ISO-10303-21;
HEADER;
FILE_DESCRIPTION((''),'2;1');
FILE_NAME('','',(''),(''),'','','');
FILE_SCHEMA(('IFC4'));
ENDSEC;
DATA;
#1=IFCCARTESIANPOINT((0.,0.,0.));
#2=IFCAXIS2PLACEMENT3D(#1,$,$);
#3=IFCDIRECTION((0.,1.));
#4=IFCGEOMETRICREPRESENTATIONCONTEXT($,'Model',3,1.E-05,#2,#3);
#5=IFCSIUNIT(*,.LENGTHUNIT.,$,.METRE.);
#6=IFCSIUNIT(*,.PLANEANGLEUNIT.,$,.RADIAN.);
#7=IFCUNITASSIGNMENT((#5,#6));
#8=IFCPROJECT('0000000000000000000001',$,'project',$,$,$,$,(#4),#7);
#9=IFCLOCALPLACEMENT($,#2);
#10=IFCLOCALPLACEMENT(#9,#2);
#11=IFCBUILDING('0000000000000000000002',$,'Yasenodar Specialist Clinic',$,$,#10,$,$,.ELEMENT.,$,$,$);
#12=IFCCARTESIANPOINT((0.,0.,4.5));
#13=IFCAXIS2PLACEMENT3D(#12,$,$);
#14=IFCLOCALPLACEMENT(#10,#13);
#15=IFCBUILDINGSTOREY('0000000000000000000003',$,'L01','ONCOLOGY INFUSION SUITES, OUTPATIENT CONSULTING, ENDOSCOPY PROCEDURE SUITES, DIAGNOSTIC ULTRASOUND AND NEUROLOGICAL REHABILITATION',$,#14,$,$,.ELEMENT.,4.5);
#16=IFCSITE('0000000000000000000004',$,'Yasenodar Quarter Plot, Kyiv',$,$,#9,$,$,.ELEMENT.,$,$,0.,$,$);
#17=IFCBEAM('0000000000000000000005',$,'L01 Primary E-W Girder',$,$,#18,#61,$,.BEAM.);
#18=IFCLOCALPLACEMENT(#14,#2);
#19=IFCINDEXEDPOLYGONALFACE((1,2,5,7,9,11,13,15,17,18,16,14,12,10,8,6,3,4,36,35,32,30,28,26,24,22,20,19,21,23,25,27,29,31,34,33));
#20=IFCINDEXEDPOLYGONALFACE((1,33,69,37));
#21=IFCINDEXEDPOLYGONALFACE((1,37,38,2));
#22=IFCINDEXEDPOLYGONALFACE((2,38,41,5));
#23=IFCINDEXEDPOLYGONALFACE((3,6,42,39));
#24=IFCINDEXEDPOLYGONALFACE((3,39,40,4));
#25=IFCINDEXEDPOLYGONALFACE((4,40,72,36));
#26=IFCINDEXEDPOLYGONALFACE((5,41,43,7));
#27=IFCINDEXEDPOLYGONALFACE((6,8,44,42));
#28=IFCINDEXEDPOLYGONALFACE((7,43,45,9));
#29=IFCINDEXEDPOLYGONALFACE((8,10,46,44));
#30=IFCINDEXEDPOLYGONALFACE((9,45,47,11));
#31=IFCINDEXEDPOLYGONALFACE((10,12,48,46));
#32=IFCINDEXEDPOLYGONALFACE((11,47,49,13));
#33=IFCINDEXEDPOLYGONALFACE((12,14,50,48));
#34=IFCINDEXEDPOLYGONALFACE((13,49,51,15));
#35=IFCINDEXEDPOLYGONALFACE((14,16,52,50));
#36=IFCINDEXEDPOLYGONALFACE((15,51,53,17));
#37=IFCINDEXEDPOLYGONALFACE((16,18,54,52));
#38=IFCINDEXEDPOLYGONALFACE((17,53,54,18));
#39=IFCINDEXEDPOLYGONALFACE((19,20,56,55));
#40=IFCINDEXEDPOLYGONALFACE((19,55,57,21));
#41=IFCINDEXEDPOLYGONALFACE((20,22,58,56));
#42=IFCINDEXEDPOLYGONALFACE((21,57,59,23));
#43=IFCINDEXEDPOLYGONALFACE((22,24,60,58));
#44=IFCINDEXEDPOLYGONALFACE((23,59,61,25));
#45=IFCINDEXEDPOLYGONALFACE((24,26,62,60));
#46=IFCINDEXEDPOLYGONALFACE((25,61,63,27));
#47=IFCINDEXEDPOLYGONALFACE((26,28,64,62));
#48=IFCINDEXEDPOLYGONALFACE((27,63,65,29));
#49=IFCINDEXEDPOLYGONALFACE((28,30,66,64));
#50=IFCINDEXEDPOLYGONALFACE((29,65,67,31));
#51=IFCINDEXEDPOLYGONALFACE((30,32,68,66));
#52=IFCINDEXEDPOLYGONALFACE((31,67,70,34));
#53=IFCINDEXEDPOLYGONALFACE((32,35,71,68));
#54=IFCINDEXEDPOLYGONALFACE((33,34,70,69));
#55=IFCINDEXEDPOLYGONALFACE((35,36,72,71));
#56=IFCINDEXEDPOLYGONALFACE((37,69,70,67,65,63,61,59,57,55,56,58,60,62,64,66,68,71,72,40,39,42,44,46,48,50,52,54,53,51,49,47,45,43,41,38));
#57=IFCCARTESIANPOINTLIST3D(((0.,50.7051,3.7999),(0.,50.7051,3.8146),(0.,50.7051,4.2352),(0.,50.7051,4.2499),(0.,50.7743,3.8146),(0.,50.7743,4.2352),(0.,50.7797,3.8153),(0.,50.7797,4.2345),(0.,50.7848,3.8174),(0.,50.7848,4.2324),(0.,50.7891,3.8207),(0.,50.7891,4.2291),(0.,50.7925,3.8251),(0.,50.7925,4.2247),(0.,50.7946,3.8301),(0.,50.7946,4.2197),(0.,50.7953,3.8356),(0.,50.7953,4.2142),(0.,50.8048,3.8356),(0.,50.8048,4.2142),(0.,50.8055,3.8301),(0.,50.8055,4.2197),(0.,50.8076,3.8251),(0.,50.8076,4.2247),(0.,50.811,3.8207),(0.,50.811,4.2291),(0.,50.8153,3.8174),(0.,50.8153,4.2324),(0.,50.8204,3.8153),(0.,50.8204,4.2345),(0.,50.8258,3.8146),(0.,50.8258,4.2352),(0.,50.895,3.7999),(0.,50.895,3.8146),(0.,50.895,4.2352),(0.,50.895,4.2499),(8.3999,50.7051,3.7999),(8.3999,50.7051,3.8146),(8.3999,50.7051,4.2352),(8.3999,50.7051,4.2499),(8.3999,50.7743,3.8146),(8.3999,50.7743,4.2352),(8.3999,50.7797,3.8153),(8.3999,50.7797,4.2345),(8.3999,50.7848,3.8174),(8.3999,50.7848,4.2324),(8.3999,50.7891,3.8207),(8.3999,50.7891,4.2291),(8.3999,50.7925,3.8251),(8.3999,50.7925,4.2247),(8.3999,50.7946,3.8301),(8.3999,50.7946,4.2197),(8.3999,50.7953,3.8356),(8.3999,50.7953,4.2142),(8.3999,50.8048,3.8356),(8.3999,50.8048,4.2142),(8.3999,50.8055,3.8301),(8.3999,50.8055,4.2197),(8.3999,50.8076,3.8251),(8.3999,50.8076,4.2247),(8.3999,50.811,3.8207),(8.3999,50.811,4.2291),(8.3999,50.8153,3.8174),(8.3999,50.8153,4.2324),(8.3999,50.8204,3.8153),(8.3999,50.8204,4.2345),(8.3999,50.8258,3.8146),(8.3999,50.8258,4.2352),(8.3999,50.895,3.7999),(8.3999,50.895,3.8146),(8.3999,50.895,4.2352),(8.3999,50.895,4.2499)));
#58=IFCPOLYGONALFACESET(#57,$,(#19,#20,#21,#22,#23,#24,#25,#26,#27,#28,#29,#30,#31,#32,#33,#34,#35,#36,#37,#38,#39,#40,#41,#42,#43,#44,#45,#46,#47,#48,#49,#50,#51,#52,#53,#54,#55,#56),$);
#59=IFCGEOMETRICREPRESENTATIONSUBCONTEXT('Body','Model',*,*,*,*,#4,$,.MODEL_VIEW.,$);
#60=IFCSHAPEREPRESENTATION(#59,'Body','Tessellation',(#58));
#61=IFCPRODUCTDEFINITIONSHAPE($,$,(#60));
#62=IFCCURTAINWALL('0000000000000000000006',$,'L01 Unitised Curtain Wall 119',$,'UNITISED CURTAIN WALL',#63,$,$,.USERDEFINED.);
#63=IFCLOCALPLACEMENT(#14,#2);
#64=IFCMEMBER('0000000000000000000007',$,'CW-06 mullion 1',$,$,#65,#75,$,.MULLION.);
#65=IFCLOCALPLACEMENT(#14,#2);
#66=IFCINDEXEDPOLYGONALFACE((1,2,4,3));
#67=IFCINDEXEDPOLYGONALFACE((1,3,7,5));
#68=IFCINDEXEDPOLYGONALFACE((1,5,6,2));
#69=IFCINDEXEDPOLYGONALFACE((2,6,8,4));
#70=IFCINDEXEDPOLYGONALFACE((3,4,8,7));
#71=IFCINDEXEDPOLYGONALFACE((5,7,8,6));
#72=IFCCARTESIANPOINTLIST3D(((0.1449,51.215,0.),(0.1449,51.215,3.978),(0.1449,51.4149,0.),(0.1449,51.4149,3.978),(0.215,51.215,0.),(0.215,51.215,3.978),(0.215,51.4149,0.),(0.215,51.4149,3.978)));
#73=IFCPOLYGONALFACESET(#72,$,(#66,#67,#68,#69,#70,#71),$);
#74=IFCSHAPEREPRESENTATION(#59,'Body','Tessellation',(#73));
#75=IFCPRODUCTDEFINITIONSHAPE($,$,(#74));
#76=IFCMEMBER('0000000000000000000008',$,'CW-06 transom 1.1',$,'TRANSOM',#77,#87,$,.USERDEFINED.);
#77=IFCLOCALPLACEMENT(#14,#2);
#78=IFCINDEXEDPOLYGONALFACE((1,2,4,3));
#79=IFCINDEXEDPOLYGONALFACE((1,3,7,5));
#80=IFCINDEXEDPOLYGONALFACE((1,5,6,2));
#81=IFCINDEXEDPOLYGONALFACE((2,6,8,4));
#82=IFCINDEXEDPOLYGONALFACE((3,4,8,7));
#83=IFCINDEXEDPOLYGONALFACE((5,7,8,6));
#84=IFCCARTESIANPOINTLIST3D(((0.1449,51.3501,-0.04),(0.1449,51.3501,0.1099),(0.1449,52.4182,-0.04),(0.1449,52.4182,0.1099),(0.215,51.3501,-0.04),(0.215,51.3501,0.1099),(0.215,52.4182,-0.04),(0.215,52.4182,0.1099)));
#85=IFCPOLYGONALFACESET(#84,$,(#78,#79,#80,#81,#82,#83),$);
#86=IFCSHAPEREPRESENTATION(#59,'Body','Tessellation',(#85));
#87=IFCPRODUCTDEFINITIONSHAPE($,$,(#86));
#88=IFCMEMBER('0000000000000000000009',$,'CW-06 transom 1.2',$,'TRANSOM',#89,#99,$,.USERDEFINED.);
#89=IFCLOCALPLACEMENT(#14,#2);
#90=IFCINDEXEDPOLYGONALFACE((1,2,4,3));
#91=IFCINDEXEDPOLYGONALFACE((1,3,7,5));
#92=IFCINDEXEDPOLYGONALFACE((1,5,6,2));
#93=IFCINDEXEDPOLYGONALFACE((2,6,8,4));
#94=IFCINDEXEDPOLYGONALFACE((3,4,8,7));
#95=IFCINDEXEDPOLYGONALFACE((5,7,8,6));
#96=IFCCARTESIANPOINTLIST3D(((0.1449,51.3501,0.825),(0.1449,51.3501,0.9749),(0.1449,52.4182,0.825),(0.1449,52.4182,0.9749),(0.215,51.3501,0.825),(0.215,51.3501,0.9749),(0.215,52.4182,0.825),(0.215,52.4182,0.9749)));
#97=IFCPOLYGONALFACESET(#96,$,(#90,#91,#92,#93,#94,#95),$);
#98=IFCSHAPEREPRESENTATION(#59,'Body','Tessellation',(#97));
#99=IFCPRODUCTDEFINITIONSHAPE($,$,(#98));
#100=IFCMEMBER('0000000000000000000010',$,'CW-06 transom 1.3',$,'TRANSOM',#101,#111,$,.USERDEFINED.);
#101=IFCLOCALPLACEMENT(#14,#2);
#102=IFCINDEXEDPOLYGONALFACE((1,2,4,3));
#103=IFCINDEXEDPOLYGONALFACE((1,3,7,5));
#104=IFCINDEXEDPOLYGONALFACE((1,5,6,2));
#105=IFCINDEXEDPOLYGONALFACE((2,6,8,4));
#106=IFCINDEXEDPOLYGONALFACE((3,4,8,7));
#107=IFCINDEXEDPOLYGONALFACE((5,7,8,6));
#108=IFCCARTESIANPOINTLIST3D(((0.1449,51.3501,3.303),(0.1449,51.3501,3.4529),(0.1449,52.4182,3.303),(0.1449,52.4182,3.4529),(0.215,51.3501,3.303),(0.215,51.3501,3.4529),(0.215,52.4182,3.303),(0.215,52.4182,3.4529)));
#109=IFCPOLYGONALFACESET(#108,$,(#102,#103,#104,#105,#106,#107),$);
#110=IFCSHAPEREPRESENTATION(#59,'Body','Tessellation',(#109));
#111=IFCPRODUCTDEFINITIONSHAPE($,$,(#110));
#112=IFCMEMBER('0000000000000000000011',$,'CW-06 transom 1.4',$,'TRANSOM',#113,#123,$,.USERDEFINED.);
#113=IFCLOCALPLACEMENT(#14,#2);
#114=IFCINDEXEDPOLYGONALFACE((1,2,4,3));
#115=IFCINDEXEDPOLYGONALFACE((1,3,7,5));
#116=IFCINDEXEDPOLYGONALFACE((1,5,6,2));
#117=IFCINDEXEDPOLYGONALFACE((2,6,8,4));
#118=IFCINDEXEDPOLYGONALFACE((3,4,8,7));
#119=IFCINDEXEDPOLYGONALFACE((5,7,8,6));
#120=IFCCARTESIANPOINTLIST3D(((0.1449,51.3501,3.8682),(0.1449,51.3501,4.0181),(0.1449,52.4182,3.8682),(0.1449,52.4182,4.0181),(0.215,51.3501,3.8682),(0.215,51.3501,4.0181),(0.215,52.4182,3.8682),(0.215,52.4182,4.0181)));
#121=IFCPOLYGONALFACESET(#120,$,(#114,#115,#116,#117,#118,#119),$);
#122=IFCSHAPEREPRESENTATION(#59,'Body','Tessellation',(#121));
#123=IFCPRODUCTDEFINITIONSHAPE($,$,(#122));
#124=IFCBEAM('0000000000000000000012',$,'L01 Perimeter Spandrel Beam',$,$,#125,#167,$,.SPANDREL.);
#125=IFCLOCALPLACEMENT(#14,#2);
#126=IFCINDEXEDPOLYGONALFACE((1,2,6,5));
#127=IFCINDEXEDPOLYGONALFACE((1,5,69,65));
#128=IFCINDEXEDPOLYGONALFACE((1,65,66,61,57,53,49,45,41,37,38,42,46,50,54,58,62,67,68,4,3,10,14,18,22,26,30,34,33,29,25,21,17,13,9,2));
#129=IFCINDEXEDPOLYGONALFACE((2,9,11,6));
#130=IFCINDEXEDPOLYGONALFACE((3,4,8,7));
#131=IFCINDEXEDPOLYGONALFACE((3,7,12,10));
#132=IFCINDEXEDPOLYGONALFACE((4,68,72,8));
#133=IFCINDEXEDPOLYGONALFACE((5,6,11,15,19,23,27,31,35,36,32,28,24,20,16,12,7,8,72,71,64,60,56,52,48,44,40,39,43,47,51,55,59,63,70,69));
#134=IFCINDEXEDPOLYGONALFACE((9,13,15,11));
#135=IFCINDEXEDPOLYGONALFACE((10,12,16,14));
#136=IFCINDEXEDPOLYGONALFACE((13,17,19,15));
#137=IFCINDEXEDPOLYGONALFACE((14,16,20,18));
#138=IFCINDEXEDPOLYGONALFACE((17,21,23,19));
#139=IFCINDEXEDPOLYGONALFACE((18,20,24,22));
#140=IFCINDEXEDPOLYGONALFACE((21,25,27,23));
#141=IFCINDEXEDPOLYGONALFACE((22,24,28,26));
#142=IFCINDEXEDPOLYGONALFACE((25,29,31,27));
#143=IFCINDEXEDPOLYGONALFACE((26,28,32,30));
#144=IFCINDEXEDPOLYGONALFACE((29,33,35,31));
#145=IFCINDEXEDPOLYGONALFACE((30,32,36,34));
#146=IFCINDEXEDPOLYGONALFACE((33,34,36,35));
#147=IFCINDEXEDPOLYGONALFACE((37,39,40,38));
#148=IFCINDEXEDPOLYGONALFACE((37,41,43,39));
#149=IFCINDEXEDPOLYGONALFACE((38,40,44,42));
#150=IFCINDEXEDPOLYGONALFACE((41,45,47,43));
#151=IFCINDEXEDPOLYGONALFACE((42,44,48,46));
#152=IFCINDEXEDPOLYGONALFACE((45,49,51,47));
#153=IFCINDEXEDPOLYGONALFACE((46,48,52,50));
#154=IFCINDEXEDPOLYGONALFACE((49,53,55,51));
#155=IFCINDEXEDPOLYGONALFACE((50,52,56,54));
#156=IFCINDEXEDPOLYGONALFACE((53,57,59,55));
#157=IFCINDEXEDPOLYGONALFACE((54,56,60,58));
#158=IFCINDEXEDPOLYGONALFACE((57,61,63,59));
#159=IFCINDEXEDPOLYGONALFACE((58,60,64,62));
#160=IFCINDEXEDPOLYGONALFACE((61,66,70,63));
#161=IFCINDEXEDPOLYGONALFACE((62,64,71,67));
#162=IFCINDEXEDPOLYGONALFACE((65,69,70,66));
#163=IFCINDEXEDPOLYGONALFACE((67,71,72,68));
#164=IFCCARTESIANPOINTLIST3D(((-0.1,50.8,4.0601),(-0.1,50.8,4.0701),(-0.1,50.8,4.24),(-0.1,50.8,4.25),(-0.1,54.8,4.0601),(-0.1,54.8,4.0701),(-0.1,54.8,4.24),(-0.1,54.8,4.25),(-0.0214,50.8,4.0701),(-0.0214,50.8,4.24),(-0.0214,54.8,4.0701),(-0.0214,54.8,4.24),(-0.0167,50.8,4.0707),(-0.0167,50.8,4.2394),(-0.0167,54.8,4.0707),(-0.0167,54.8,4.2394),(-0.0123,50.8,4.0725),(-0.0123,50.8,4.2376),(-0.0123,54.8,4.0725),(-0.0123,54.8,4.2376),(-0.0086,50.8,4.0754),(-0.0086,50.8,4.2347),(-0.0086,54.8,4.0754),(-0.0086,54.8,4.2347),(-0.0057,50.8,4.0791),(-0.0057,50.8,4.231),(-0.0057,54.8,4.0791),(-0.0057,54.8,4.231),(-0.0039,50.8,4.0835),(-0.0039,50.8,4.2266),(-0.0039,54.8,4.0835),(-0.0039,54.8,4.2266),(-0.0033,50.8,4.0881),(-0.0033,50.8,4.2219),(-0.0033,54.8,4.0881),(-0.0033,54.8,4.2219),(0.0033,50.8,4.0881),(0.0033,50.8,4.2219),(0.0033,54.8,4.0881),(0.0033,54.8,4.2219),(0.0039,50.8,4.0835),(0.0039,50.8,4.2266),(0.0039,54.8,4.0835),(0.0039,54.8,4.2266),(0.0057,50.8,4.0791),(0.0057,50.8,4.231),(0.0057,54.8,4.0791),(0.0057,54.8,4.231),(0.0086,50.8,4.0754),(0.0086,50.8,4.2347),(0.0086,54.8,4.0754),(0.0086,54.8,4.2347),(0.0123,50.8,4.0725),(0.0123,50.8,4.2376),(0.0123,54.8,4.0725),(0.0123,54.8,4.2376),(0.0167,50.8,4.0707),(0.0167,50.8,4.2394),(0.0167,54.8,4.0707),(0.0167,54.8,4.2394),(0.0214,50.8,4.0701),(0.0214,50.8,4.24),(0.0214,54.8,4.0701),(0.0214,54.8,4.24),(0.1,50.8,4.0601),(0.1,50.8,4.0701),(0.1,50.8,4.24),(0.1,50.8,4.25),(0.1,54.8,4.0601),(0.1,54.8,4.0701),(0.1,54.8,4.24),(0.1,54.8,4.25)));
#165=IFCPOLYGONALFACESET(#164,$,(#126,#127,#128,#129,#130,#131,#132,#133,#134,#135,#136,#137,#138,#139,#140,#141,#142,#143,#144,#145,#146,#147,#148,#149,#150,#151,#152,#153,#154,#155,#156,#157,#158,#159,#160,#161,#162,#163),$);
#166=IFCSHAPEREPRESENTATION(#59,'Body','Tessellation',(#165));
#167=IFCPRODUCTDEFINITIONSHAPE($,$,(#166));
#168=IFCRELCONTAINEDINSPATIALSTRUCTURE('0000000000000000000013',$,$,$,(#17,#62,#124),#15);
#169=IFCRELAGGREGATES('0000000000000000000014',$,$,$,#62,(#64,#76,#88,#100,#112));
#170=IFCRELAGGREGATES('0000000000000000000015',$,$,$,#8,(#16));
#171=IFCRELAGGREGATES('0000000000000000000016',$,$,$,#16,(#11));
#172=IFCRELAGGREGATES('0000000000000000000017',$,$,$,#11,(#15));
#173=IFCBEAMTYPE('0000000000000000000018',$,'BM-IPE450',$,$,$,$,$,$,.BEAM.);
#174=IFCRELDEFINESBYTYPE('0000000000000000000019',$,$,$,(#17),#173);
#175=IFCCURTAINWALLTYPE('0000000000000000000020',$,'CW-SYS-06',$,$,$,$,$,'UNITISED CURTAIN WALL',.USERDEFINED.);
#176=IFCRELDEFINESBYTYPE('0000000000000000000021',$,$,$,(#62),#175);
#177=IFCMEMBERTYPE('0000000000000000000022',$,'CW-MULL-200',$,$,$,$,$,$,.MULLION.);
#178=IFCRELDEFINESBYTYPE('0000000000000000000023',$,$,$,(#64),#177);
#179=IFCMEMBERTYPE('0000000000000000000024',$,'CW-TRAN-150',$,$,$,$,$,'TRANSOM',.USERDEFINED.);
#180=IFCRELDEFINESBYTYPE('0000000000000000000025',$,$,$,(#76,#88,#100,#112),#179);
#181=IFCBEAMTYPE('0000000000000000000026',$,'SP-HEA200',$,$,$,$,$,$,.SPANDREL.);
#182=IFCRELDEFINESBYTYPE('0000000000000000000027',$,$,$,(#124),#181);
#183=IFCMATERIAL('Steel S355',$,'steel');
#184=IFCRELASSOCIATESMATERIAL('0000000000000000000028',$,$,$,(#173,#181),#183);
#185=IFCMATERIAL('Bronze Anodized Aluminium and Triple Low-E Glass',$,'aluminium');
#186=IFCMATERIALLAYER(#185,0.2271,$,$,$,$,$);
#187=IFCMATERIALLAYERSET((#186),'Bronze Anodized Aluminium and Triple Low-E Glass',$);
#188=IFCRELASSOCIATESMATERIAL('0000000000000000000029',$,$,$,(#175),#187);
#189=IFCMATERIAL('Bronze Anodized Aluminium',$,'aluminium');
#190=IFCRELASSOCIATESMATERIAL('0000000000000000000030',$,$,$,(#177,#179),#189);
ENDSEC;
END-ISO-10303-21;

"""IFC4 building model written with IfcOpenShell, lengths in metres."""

from ifc_helpers import new_model, si_unit, direction, frame, origin, origin_2d, place, context, subcontext, project, spatial, rectangle, i_section, extrude, material, layer, layer_set, material_profile, profile_set, type_object, element, aggregate, save


model = new_model("IFC4")

# Units and contexts
model_context = context("Model", 3, precision=1e-05, world=origin(), true_north=direction((0.0, 1.0)))
body_context = subcontext(model_context, "Body", "Model", "MODEL_VIEW")
ifc_project = project(units=[si_unit("LENGTHUNIT", "METRE"), si_unit("PLANEANGLEUNIT", "RADIAN")], contexts=[model_context])

# Site, building, storey
site_placement = place(None, origin())
site = spatial("IfcSite", under=ifc_project, at=site_placement, Name="Yasenodar Quarter Plot, Kyiv", CompositionType="ELEMENT", RefElevation=0.0)
building_placement = place(site_placement, origin())
building = spatial("IfcBuilding", under=site, at=building_placement, Name="Yasenodar Specialist Clinic", CompositionType="ELEMENT")
storey_placement = place(building_placement, frame((0.0, 0.0, 4.5)))
storey = spatial("IfcBuildingStorey", under=building, at=storey_placement, Name="L01", Description="ONCOLOGY INFUSION SUITES, OUTPATIENT CONSULTING, ENDOSCOPY PROCEDURE SUITES, DIAGNOSTIC ULTRASOUND AND NEUROLOGICAL REHABILITATION", CompositionType="ELEMENT", Elevation=4.5)

# Shared definitions
ifc_material_1 = material(Name="Steel S355", Category="steel")

# Beam
ifc_material_profile_1 = material_profile(ifc_material_1, i_section(OverallWidth=0.1899, OverallDepth=0.45, WebThickness=0.0095, FlangeThickness=0.0146, FilletRadius=0.021, at=origin_2d()), Name="IPE 450")
ifc_profile_set_1 = profile_set([ifc_material_profile_1], Name="Steel S355")
beam_type_1 = type_object("IfcBeamType", Name="BM-IPE450", PredefinedType="BEAM", material=ifc_profile_set_1)
beam_1_placement = place(storey_placement, frame((0.0, 50.8, 4.0249), z_axis=(1.0, 0.0, 0.0), x_axis=(0.0, 1.0, 0.0)))
element("IfcBeam", 1, at=beam_1_placement, inside=storey, type_object=beam_type_1, Name="L01 Primary E-W Girder", PredefinedType="BEAM", context=body_context, shape_type="SweptSolid", body=[
    extrude(i_section(OverallWidth=0.1899, OverallDepth=0.45, WebThickness=0.0095, FlangeThickness=0.0146, FilletRadius=0.021, at=origin_2d()), origin(), (0.0, 0.0, 1.0), 8.3999),
])

# Curtain wall, members
ifc_material_2 = material(Name="Bronze Anodized Aluminium and Triple Low-E Glass", Category="aluminium")
ifc_layer_1 = layer(ifc_material_2, 0.2271)
ifc_layer_set_1 = layer_set([ifc_layer_1], Name="Bronze Anodized Aluminium and Triple Low-E Glass")
curtain_wall_type = type_object("IfcCurtainWallType", Name="CW-SYS-06", ElementType="UNITISED CURTAIN WALL", PredefinedType="USERDEFINED", material=ifc_layer_set_1)
curtain_wall_placement = place(storey_placement, origin())
curtain_wall = element("IfcCurtainWall", 2, at=curtain_wall_placement, inside=storey, type_object=curtain_wall_type, Name="L01 Unitised Curtain Wall 119", ObjectType="UNITISED CURTAIN WALL", PredefinedType="USERDEFINED")
ifc_material_3 = material(Name="Bronze Anodized Aluminium", Category="aluminium")
ifc_material_profile_2 = material_profile(ifc_material_3, rectangle(XDim=0.0701, YDim=0.2, at=origin_2d()), Name="CW-MULL 70x200")
ifc_profile_set_2 = profile_set([ifc_material_profile_2], Name="Bronze Anodized Aluminium")
member_type_1 = type_object("IfcMemberType", Name="CW-MULL-200", PredefinedType="MULLION", material=ifc_profile_set_2)
member_1_placement = place(storey_placement, frame((0.1799, 51.3149, 0.0), z_axis=(0.0, 0.0, 1.0), x_axis=(-1.0, 0.0, 0.0)))
member_1 = element("IfcMember", 3, at=member_1_placement, type_object=member_type_1, Name="CW-06 mullion 1", PredefinedType="MULLION", context=body_context, shape_type="SweptSolid", body=[
    extrude(rectangle(XDim=0.0701, YDim=0.2, at=origin_2d()), origin(), (0.0, 0.0, 1.0), 3.978),
])
ifc_material_profile_3 = material_profile(ifc_material_3, rectangle(XDim=0.0701, YDim=0.1499, at=origin_2d()), Name="CW-TRAN 70x150")
ifc_profile_set_3 = profile_set([ifc_material_profile_3], Name="Bronze Anodized Aluminium")
member_type_2 = type_object("IfcMemberType", Name="CW-TRAN-150", ElementType="TRANSOM", PredefinedType="USERDEFINED", material=ifc_profile_set_3)
member_2_placement = place(storey_placement, frame((0.1799, 51.3501, 0.0349), z_axis=(0.0, 1.0, 0.0), x_axis=(-1.0, 0.0, 0.0)))
member_2 = element("IfcMember", 4, at=member_2_placement, type_object=member_type_2, Name="CW-06 transom 1.1", ObjectType="TRANSOM", PredefinedType="USERDEFINED", context=body_context, shape_type="SweptSolid", body=[
    extrude(rectangle(XDim=0.0701, YDim=0.1499, at=origin_2d()), origin(), (0.0, 0.0, 1.0), 1.0681),
])
member_3_placement = place(storey_placement, frame((0.1799, 51.3501, 0.8999), z_axis=(0.0, 1.0, 0.0), x_axis=(-1.0, 0.0, 0.0)))
member_3 = element("IfcMember", 5, at=member_3_placement, type_object=member_type_2, Name="CW-06 transom 1.2", ObjectType="TRANSOM", PredefinedType="USERDEFINED", context=body_context, shape_type="SweptSolid", body=[
    extrude(rectangle(XDim=0.0701, YDim=0.1499, at=origin_2d()), origin(), (0.0, 0.0, 1.0), 1.0681),
])
member_4_placement = place(storey_placement, frame((0.1799, 51.3501, 3.3779), z_axis=(0.0, 1.0, 0.0), x_axis=(-1.0, 0.0, 0.0)))
member_4 = element("IfcMember", 6, at=member_4_placement, type_object=member_type_2, Name="CW-06 transom 1.3", ObjectType="TRANSOM", PredefinedType="USERDEFINED", context=body_context, shape_type="SweptSolid", body=[
    extrude(rectangle(XDim=0.0701, YDim=0.1499, at=origin_2d()), origin(), (0.0, 0.0, 1.0), 1.0681),
])
member_5_placement = place(storey_placement, frame((0.1799, 51.3501, 3.9431), z_axis=(0.0, 1.0, 0.0), x_axis=(-1.0, 0.0, 0.0)))
member_5 = element("IfcMember", 7, at=member_5_placement, type_object=member_type_2, Name="CW-06 transom 1.4", ObjectType="TRANSOM", PredefinedType="USERDEFINED", context=body_context, shape_type="SweptSolid", body=[
    extrude(rectangle(XDim=0.0701, YDim=0.1499, at=origin_2d()), origin(), (0.0, 0.0, 1.0), 1.0681),
])

# Beam
ifc_material_profile_4 = material_profile(ifc_material_1, i_section(OverallWidth=0.2, OverallDepth=0.1899, WebThickness=0.0066, FlangeThickness=0.01, FilletRadius=0.0181, at=origin_2d()), Name="HEA 200")
ifc_profile_set_4 = profile_set([ifc_material_profile_4], Name="Steel S355")
beam_type_2 = type_object("IfcBeamType", Name="SP-HEA200", PredefinedType="SPANDREL", material=ifc_profile_set_4)
beam_2_placement = place(storey_placement, frame((0.0, 50.8, 4.155), z_axis=(0.0, 1.0, 0.0), x_axis=(-1.0, 0.0, 0.0)))
element("IfcBeam", 8, at=beam_2_placement, inside=storey, type_object=beam_type_2, Name="L01 Perimeter Spandrel Beam", PredefinedType="SPANDREL", context=body_context, shape_type="SweptSolid", body=[
    extrude(i_section(OverallWidth=0.2, OverallDepth=0.1899, WebThickness=0.0066, FlangeThickness=0.01, FilletRadius=0.0181, at=origin_2d()), origin(), (0.0, 0.0, 1.0), 4.0),
])

aggregate(curtain_wall, [member_1, member_2, member_3, member_4, member_5])

save(model, "model.ifc")
